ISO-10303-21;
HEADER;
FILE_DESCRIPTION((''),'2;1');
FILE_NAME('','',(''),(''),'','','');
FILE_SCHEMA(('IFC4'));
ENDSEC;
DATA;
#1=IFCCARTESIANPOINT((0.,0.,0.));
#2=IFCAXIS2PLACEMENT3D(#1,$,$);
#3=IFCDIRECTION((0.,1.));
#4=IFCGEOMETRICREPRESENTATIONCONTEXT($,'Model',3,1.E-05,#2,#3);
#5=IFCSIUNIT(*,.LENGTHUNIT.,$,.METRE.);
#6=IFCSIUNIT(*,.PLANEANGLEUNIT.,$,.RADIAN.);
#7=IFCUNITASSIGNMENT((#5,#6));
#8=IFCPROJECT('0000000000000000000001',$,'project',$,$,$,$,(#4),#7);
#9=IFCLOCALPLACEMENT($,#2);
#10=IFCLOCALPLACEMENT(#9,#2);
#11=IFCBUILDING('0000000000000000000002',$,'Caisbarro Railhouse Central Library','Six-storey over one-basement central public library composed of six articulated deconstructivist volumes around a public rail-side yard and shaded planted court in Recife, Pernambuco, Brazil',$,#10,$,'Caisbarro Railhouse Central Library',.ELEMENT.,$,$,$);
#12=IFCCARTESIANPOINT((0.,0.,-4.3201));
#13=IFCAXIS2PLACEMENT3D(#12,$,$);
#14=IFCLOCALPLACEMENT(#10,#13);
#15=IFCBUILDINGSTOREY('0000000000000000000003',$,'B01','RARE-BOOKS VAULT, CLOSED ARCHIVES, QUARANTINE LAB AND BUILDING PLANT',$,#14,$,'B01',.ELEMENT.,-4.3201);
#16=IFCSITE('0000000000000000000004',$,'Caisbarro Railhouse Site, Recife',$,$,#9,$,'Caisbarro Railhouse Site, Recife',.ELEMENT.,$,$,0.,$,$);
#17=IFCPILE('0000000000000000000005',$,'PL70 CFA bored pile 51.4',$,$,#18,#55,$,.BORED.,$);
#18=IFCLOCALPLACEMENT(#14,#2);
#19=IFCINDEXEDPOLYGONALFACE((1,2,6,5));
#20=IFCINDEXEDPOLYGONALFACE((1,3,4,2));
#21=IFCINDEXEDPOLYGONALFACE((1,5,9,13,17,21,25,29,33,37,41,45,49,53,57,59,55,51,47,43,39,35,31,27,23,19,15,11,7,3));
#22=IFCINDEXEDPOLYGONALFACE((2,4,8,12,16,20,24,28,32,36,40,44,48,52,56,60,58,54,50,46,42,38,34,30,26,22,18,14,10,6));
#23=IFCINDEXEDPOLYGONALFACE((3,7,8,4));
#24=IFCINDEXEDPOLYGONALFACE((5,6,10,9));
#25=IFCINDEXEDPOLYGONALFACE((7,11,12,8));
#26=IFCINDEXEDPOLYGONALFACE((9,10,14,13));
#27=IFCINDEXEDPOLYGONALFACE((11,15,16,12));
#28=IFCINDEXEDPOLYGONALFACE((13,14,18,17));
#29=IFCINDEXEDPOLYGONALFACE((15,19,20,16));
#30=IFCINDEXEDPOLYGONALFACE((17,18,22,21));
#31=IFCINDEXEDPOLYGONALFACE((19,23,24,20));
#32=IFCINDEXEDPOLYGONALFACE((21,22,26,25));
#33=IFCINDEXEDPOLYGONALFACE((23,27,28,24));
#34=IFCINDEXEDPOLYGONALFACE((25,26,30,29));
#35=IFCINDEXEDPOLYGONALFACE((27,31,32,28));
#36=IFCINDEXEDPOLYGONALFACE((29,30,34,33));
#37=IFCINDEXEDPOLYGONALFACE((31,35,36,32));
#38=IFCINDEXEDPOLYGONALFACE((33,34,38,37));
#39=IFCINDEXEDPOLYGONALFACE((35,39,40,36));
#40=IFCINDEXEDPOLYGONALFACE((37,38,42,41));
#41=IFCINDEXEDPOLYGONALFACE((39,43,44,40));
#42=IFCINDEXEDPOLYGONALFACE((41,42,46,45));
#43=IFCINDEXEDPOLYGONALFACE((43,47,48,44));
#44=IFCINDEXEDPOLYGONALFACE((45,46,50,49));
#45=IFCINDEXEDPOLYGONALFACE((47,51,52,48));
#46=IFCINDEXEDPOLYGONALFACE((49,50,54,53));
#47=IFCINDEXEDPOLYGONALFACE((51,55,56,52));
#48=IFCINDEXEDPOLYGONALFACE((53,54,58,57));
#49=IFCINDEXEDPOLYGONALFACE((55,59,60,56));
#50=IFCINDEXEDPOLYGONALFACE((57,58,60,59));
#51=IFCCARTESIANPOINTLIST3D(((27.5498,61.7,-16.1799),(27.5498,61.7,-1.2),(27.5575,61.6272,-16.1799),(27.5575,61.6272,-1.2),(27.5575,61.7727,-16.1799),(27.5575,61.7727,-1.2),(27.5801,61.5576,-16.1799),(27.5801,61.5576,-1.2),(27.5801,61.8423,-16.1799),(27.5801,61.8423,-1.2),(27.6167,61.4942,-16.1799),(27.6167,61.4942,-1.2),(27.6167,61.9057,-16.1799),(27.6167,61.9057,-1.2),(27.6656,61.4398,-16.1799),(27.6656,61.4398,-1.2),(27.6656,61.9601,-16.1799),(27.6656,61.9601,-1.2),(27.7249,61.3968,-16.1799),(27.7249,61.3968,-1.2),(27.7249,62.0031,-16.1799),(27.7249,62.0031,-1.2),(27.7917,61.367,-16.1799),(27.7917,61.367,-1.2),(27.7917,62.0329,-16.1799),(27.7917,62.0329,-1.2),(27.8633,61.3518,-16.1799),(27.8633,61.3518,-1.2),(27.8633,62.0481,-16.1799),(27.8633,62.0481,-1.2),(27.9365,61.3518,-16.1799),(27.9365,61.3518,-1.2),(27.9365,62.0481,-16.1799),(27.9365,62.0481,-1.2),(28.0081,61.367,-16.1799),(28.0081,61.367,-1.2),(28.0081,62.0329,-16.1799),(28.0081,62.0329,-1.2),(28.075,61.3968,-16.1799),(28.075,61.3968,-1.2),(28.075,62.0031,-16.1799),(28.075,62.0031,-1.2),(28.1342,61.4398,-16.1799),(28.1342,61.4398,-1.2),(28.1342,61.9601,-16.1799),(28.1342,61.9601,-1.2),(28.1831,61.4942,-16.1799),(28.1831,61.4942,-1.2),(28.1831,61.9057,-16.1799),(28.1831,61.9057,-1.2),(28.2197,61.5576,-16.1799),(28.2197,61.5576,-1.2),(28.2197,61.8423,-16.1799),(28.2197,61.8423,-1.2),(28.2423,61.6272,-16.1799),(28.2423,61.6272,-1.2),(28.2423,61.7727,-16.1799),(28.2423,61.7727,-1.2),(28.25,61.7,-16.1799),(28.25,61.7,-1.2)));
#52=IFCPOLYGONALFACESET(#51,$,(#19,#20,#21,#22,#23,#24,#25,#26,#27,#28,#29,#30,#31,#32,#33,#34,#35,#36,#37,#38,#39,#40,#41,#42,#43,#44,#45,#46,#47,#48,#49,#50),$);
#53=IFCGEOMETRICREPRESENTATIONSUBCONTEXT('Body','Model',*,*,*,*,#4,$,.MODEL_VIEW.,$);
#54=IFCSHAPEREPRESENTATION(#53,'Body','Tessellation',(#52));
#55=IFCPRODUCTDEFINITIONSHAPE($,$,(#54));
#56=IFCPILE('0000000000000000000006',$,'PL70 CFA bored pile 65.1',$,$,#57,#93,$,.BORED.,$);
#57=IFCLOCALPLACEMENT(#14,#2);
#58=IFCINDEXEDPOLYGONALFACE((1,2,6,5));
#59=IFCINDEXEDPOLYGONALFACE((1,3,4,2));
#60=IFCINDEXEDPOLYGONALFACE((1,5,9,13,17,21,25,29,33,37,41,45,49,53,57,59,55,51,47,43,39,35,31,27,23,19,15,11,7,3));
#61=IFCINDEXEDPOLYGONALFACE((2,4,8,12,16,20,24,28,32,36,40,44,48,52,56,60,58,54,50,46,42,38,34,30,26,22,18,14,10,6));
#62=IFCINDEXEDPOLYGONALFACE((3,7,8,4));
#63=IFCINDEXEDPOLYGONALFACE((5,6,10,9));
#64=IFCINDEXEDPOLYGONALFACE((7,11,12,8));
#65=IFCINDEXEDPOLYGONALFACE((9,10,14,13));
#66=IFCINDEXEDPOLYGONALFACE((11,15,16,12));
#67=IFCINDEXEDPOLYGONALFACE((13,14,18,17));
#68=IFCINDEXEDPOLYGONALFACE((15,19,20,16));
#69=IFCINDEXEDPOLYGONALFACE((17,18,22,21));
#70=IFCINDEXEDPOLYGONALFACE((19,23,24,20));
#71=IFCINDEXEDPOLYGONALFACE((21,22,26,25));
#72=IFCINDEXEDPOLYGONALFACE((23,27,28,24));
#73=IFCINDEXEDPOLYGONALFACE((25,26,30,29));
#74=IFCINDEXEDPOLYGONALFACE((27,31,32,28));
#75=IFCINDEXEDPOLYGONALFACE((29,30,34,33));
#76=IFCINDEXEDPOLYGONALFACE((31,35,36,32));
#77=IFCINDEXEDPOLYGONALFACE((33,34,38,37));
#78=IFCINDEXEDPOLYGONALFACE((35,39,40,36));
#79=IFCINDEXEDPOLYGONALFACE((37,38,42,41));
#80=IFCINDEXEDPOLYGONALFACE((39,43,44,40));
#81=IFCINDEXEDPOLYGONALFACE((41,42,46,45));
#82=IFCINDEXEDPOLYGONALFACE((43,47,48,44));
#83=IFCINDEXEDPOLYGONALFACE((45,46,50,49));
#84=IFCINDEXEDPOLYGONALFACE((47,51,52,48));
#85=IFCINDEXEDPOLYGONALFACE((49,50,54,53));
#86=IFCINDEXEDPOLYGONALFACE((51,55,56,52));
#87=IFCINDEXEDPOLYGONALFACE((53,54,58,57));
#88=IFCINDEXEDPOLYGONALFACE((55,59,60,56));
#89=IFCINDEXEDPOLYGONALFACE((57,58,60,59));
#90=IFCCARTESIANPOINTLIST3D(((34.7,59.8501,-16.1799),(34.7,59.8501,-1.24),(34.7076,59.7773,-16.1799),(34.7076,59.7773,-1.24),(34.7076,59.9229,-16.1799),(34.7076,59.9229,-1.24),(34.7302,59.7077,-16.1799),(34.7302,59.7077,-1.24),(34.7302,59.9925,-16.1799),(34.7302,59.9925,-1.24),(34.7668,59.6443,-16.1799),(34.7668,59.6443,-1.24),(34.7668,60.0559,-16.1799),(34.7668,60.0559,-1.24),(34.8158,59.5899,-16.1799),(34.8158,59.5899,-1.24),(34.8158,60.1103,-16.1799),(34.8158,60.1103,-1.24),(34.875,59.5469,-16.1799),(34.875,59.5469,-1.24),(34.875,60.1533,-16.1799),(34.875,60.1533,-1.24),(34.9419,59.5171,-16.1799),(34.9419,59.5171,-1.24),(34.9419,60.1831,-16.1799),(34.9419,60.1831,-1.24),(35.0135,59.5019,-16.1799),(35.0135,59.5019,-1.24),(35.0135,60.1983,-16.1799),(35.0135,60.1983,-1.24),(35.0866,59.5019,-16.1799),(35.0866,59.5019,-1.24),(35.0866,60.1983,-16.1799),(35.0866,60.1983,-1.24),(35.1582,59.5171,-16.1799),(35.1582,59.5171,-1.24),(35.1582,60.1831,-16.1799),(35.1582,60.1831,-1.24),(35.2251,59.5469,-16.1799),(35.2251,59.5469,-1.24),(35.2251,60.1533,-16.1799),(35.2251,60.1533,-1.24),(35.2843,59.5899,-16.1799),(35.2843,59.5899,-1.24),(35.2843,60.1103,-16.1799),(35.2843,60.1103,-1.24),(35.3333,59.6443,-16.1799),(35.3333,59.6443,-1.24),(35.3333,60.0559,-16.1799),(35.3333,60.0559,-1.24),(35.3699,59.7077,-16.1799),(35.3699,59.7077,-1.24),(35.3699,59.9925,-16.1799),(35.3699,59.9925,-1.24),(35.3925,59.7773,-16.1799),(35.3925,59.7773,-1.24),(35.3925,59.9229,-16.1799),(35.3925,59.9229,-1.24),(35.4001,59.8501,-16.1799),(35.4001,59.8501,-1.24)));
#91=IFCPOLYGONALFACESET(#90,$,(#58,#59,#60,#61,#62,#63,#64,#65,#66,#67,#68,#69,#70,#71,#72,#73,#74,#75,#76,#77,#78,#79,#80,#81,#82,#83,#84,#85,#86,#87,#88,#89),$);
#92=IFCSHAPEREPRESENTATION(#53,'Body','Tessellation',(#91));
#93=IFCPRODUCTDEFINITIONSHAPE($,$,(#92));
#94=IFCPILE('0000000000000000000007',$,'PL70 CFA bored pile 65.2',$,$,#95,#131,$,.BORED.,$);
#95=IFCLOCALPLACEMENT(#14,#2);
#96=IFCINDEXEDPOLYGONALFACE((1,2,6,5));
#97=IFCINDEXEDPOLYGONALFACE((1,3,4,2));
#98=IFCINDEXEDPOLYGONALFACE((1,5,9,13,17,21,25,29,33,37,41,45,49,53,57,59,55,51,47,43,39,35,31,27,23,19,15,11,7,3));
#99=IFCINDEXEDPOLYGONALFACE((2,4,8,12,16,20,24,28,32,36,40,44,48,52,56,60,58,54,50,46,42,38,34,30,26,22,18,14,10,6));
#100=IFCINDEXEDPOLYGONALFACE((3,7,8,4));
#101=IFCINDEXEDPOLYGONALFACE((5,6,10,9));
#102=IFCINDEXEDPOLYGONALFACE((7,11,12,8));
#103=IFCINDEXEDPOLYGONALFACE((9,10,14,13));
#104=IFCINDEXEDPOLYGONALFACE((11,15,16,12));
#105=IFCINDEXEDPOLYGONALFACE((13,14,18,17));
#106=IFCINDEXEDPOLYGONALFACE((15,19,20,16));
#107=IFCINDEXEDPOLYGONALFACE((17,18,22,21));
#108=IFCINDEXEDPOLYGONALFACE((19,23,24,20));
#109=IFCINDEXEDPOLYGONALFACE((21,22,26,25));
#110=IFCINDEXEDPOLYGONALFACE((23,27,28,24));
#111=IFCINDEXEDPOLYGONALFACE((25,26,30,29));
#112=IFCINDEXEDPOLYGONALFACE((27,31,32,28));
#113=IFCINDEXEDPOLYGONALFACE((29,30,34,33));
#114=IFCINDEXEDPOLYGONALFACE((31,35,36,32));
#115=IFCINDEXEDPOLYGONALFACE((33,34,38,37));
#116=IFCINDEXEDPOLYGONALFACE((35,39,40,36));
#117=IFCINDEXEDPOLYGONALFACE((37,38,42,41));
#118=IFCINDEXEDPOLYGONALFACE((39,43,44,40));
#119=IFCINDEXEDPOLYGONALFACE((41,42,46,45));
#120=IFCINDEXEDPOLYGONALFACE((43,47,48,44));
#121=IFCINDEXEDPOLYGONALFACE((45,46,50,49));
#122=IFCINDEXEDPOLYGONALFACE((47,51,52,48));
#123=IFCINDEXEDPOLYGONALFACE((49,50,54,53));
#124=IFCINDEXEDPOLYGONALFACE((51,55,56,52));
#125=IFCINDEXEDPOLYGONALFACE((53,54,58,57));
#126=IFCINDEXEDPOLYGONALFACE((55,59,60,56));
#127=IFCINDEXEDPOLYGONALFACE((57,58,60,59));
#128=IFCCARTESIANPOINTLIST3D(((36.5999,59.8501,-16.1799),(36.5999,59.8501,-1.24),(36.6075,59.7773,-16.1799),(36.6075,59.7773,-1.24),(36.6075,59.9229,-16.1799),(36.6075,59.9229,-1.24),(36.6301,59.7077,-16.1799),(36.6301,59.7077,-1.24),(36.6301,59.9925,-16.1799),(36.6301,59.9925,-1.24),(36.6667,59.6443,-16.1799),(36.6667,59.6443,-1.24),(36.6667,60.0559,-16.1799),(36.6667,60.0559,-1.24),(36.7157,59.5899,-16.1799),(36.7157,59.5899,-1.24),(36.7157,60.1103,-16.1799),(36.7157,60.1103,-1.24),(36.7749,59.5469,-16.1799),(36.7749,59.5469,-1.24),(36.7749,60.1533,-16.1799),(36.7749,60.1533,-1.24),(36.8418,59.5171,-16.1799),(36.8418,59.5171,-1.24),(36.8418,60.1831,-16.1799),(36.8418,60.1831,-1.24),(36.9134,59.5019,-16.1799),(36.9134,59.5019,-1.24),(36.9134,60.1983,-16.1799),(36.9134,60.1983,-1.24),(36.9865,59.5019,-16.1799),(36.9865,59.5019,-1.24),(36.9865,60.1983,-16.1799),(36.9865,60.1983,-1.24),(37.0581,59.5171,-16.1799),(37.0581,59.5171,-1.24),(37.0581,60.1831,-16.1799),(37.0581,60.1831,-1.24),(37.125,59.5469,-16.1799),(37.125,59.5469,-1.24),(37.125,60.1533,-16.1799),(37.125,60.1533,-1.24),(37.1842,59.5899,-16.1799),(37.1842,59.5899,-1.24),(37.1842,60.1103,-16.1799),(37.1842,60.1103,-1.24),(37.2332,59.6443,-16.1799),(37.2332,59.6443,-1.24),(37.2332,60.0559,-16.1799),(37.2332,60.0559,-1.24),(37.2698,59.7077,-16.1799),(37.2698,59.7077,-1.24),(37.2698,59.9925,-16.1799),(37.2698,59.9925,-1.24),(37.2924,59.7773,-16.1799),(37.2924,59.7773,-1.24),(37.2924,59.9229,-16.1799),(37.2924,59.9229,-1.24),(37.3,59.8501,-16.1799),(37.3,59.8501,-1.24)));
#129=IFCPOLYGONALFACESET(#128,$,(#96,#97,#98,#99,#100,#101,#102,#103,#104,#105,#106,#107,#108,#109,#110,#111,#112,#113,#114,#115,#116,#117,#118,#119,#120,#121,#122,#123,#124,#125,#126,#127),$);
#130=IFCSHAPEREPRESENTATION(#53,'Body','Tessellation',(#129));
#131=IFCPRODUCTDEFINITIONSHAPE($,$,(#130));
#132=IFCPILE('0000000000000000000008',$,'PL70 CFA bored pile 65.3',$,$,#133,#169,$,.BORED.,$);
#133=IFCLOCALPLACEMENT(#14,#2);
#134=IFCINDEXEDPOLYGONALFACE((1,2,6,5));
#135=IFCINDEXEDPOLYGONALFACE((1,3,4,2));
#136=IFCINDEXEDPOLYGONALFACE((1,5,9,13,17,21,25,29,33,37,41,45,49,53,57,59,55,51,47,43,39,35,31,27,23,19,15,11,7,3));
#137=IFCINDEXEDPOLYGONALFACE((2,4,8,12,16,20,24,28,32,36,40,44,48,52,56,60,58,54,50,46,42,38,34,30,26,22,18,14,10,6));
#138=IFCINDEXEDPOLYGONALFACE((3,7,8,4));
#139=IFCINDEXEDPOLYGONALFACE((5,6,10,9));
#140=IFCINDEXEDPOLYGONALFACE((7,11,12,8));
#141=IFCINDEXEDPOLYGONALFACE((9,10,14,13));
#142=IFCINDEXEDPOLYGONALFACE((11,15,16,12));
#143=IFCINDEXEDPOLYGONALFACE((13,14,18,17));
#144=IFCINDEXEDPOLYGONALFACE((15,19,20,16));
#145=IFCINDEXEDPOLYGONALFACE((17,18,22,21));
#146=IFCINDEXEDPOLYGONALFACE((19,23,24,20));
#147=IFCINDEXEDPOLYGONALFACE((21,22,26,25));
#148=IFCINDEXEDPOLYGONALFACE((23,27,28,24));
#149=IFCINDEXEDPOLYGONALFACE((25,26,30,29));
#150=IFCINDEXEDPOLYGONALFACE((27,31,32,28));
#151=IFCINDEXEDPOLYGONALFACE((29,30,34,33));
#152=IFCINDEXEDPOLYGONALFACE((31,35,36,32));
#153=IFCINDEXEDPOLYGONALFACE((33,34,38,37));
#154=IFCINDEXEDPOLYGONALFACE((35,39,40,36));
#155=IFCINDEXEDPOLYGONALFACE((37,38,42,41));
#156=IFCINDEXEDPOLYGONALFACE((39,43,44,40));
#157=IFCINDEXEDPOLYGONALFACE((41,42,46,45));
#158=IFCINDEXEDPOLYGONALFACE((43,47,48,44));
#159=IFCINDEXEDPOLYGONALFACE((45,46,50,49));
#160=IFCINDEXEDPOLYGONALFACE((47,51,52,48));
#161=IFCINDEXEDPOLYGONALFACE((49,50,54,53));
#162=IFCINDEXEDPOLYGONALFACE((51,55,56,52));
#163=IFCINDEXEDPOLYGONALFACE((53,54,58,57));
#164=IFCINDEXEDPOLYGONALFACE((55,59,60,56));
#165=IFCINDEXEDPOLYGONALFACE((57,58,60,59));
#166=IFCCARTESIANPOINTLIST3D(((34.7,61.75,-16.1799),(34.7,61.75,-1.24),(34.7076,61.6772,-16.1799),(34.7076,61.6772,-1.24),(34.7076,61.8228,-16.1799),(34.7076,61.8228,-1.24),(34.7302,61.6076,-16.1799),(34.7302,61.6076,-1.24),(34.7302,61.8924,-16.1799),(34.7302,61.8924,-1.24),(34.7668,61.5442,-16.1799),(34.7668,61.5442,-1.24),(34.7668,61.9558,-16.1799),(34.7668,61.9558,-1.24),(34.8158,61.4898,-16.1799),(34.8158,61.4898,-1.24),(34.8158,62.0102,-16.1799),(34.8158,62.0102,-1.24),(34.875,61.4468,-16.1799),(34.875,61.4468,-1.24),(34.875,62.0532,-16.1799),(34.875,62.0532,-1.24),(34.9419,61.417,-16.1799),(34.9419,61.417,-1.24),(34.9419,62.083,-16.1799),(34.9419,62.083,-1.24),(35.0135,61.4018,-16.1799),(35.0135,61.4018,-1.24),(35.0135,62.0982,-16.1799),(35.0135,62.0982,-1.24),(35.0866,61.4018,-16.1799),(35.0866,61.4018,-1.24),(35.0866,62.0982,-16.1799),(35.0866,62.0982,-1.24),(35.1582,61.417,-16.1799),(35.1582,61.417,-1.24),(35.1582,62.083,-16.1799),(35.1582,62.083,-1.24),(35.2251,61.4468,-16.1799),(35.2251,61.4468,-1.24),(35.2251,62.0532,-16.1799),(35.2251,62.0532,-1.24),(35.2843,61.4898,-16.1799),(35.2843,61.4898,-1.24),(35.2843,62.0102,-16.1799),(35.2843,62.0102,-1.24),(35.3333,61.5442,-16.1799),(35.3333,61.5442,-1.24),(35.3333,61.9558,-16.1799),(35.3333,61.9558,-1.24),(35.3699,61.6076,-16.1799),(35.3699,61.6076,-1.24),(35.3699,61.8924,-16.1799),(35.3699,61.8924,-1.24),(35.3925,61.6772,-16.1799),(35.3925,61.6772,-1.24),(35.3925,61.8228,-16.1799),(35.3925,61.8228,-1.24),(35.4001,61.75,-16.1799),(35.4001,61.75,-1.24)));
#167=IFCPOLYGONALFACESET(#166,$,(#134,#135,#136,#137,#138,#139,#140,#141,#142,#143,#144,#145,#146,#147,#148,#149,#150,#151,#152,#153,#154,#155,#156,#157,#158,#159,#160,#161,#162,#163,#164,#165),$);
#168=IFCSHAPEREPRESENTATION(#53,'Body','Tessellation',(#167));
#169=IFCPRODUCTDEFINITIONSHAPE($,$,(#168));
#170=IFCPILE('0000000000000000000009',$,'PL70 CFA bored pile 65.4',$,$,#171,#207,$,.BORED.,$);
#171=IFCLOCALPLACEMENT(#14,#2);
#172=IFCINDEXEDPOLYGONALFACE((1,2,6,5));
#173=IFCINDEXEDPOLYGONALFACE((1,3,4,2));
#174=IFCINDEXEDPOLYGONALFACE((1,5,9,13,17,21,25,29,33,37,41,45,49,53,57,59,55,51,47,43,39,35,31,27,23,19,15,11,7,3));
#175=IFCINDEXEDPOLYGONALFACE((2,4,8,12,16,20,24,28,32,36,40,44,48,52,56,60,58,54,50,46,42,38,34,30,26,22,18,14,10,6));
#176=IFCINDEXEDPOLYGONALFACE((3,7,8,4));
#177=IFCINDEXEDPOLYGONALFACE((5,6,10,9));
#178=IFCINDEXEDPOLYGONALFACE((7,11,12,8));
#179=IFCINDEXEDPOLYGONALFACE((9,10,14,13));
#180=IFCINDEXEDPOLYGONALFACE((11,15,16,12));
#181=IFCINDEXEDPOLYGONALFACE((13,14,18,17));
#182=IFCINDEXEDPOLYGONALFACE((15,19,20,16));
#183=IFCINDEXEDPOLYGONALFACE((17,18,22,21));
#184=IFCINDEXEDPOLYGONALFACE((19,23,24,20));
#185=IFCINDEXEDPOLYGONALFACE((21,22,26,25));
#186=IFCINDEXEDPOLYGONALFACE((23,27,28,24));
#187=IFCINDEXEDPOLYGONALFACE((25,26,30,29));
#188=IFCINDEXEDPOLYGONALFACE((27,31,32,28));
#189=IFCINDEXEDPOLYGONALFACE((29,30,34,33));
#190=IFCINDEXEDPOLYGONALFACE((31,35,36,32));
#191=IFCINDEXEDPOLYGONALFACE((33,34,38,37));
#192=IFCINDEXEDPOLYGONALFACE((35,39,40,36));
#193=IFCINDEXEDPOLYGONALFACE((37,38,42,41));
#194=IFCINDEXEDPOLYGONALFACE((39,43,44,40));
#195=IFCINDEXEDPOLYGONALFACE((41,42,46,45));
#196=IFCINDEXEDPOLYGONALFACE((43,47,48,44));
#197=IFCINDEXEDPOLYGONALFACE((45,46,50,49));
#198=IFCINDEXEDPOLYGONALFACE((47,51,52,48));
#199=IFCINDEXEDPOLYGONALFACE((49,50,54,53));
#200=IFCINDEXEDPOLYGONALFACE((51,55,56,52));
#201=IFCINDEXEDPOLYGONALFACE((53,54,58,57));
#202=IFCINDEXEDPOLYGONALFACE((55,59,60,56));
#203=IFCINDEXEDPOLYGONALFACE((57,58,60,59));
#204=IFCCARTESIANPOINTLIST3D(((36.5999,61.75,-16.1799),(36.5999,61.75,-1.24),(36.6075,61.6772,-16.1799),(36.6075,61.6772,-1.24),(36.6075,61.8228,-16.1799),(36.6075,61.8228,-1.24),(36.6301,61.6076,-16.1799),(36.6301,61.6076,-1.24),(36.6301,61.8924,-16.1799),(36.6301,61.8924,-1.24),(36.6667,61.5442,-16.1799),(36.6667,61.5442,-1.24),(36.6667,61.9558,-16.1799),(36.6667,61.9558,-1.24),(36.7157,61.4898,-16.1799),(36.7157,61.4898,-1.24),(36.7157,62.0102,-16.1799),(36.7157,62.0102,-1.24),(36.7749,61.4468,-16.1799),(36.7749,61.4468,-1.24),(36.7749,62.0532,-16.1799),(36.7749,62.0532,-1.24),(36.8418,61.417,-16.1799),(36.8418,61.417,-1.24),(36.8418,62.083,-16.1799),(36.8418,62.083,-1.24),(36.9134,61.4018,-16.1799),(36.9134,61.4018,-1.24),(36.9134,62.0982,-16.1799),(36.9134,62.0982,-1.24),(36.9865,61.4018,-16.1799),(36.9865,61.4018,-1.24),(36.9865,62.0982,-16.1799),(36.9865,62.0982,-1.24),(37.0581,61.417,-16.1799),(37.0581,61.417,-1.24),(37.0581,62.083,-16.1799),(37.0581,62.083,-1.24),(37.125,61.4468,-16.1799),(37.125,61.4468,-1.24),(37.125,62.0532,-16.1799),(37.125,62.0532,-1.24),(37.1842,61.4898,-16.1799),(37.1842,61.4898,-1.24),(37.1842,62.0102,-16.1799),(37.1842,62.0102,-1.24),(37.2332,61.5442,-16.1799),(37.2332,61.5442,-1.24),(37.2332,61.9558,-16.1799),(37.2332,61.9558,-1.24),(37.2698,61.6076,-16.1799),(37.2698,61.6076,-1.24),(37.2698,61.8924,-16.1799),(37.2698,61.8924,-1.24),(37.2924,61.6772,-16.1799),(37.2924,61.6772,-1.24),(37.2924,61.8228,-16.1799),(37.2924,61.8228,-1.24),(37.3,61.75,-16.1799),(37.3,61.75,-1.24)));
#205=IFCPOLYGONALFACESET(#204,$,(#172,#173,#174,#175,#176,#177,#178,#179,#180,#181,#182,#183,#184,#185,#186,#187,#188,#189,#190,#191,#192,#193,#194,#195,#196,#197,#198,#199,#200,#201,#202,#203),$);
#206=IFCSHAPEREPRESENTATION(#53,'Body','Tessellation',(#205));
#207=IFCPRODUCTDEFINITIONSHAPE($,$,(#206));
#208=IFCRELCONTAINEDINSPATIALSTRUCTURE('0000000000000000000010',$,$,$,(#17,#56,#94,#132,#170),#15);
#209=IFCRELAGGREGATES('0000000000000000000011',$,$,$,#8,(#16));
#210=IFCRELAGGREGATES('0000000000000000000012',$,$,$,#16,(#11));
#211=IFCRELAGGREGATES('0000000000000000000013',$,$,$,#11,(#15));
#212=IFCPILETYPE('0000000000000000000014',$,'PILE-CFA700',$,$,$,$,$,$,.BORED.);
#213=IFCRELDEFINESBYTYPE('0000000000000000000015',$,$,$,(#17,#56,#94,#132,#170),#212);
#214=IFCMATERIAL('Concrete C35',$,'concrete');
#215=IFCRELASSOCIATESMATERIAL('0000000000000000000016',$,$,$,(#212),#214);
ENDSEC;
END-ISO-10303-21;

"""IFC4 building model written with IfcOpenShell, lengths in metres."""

from ifc_helpers import new_model, si_unit, direction, frame, origin, origin_2d, place, context, subcontext, project, spatial, circle, extrude, material, material_profile, profile_set, type_object, element, save


model = new_model("IFC4")

# Units and contexts
model_context = context("Model", 3, precision=1e-05, world=origin(), true_north=direction((0.0, 1.0)))
body_context = subcontext(model_context, "Body", "Model", "MODEL_VIEW")
ifc_project = project(units=[si_unit("LENGTHUNIT", "METRE"), si_unit("PLANEANGLEUNIT", "RADIAN")], contexts=[model_context])

# Site, building, storey
site_placement = place(None, origin())
site = spatial("IfcSite", under=ifc_project, at=site_placement, Name="Caisbarro Railhouse Site, Recife", LongName="Caisbarro Railhouse Site, Recife", CompositionType="ELEMENT", RefElevation=0.0)
building_placement = place(site_placement, origin())
building = spatial("IfcBuilding", under=site, at=building_placement, Name="Caisbarro Railhouse Central Library", Description="Six-storey over one-basement central public library composed of six articulated deconstructivist volumes around a public rail-side yard and shaded planted court in Recife, Pernambuco, Brazil", LongName="Caisbarro Railhouse Central Library", CompositionType="ELEMENT")
storey_placement = place(building_placement, frame((0.0, 0.0, -4.3201)))
storey = spatial("IfcBuildingStorey", under=building, at=storey_placement, Name="B01", Description="RARE-BOOKS VAULT, CLOSED ARCHIVES, QUARANTINE LAB AND BUILDING PLANT", LongName="B01", CompositionType="ELEMENT", Elevation=-4.3201)

# Shared definitions
ifc_material_1 = material(Name="Concrete C35", Category="concrete")

# Piles
ifc_material_profile_1 = material_profile(ifc_material_1, circle(Radius=0.3501, at=origin_2d()), Name="PILE-CFA-700")
ifc_profile_set_1 = profile_set([ifc_material_profile_1], Name="Concrete C35")
pile_type_1 = type_object("IfcPileType", Name="PILE-CFA700", PredefinedType="BORED", material=ifc_profile_set_1)
for number, where, z_axis, x_axis, name in (
    (1, (27.8999, 61.7, -1.2), (0.0, 0.0, -1.0), (1.0, 0.0, 0.0), "PL70 CFA bored pile 51.4"),
):
    element("IfcPile", number, at=place(storey_placement, frame(where, z_axis=z_axis, x_axis=x_axis)), inside=storey, type_object=pile_type_1, Name=name, PredefinedType="BORED", context=body_context, shape_type="SweptSolid", body=[
        extrude(circle(Radius=0.3501, at=origin_2d()), origin(), (0.0, 0.0, 1.0), 14.98),
    ])
for number, where, z_axis, x_axis, name in (
    (2, (35.05, 59.8501, -1.24), (0.0, 0.0, -1.0), (1.0, 0.0, 0.0), "PL70 CFA bored pile 65.1"),
    (3, (36.95, 59.8501, -1.24), (0.0, 0.0, -1.0), (1.0, 0.0, 0.0), "PL70 CFA bored pile 65.2"),
    (4, (35.05, 61.75, -1.24), (0.0, 0.0, -1.0), (1.0, 0.0, 0.0), "PL70 CFA bored pile 65.3"),
    (5, (36.95, 61.75, -1.24), (0.0, 0.0, -1.0), (1.0, 0.0, 0.0), "PL70 CFA bored pile 65.4"),
):
    element("IfcPile", number, at=place(storey_placement, frame(where, z_axis=z_axis, x_axis=x_axis)), inside=storey, type_object=pile_type_1, Name=name, PredefinedType="BORED", context=body_context, shape_type="SweptSolid", body=[
        extrude(circle(Radius=0.3501, at=origin_2d()), origin(), (0.0, 0.0, 1.0), 14.9399),
    ])

save(model, "model.ifc")
